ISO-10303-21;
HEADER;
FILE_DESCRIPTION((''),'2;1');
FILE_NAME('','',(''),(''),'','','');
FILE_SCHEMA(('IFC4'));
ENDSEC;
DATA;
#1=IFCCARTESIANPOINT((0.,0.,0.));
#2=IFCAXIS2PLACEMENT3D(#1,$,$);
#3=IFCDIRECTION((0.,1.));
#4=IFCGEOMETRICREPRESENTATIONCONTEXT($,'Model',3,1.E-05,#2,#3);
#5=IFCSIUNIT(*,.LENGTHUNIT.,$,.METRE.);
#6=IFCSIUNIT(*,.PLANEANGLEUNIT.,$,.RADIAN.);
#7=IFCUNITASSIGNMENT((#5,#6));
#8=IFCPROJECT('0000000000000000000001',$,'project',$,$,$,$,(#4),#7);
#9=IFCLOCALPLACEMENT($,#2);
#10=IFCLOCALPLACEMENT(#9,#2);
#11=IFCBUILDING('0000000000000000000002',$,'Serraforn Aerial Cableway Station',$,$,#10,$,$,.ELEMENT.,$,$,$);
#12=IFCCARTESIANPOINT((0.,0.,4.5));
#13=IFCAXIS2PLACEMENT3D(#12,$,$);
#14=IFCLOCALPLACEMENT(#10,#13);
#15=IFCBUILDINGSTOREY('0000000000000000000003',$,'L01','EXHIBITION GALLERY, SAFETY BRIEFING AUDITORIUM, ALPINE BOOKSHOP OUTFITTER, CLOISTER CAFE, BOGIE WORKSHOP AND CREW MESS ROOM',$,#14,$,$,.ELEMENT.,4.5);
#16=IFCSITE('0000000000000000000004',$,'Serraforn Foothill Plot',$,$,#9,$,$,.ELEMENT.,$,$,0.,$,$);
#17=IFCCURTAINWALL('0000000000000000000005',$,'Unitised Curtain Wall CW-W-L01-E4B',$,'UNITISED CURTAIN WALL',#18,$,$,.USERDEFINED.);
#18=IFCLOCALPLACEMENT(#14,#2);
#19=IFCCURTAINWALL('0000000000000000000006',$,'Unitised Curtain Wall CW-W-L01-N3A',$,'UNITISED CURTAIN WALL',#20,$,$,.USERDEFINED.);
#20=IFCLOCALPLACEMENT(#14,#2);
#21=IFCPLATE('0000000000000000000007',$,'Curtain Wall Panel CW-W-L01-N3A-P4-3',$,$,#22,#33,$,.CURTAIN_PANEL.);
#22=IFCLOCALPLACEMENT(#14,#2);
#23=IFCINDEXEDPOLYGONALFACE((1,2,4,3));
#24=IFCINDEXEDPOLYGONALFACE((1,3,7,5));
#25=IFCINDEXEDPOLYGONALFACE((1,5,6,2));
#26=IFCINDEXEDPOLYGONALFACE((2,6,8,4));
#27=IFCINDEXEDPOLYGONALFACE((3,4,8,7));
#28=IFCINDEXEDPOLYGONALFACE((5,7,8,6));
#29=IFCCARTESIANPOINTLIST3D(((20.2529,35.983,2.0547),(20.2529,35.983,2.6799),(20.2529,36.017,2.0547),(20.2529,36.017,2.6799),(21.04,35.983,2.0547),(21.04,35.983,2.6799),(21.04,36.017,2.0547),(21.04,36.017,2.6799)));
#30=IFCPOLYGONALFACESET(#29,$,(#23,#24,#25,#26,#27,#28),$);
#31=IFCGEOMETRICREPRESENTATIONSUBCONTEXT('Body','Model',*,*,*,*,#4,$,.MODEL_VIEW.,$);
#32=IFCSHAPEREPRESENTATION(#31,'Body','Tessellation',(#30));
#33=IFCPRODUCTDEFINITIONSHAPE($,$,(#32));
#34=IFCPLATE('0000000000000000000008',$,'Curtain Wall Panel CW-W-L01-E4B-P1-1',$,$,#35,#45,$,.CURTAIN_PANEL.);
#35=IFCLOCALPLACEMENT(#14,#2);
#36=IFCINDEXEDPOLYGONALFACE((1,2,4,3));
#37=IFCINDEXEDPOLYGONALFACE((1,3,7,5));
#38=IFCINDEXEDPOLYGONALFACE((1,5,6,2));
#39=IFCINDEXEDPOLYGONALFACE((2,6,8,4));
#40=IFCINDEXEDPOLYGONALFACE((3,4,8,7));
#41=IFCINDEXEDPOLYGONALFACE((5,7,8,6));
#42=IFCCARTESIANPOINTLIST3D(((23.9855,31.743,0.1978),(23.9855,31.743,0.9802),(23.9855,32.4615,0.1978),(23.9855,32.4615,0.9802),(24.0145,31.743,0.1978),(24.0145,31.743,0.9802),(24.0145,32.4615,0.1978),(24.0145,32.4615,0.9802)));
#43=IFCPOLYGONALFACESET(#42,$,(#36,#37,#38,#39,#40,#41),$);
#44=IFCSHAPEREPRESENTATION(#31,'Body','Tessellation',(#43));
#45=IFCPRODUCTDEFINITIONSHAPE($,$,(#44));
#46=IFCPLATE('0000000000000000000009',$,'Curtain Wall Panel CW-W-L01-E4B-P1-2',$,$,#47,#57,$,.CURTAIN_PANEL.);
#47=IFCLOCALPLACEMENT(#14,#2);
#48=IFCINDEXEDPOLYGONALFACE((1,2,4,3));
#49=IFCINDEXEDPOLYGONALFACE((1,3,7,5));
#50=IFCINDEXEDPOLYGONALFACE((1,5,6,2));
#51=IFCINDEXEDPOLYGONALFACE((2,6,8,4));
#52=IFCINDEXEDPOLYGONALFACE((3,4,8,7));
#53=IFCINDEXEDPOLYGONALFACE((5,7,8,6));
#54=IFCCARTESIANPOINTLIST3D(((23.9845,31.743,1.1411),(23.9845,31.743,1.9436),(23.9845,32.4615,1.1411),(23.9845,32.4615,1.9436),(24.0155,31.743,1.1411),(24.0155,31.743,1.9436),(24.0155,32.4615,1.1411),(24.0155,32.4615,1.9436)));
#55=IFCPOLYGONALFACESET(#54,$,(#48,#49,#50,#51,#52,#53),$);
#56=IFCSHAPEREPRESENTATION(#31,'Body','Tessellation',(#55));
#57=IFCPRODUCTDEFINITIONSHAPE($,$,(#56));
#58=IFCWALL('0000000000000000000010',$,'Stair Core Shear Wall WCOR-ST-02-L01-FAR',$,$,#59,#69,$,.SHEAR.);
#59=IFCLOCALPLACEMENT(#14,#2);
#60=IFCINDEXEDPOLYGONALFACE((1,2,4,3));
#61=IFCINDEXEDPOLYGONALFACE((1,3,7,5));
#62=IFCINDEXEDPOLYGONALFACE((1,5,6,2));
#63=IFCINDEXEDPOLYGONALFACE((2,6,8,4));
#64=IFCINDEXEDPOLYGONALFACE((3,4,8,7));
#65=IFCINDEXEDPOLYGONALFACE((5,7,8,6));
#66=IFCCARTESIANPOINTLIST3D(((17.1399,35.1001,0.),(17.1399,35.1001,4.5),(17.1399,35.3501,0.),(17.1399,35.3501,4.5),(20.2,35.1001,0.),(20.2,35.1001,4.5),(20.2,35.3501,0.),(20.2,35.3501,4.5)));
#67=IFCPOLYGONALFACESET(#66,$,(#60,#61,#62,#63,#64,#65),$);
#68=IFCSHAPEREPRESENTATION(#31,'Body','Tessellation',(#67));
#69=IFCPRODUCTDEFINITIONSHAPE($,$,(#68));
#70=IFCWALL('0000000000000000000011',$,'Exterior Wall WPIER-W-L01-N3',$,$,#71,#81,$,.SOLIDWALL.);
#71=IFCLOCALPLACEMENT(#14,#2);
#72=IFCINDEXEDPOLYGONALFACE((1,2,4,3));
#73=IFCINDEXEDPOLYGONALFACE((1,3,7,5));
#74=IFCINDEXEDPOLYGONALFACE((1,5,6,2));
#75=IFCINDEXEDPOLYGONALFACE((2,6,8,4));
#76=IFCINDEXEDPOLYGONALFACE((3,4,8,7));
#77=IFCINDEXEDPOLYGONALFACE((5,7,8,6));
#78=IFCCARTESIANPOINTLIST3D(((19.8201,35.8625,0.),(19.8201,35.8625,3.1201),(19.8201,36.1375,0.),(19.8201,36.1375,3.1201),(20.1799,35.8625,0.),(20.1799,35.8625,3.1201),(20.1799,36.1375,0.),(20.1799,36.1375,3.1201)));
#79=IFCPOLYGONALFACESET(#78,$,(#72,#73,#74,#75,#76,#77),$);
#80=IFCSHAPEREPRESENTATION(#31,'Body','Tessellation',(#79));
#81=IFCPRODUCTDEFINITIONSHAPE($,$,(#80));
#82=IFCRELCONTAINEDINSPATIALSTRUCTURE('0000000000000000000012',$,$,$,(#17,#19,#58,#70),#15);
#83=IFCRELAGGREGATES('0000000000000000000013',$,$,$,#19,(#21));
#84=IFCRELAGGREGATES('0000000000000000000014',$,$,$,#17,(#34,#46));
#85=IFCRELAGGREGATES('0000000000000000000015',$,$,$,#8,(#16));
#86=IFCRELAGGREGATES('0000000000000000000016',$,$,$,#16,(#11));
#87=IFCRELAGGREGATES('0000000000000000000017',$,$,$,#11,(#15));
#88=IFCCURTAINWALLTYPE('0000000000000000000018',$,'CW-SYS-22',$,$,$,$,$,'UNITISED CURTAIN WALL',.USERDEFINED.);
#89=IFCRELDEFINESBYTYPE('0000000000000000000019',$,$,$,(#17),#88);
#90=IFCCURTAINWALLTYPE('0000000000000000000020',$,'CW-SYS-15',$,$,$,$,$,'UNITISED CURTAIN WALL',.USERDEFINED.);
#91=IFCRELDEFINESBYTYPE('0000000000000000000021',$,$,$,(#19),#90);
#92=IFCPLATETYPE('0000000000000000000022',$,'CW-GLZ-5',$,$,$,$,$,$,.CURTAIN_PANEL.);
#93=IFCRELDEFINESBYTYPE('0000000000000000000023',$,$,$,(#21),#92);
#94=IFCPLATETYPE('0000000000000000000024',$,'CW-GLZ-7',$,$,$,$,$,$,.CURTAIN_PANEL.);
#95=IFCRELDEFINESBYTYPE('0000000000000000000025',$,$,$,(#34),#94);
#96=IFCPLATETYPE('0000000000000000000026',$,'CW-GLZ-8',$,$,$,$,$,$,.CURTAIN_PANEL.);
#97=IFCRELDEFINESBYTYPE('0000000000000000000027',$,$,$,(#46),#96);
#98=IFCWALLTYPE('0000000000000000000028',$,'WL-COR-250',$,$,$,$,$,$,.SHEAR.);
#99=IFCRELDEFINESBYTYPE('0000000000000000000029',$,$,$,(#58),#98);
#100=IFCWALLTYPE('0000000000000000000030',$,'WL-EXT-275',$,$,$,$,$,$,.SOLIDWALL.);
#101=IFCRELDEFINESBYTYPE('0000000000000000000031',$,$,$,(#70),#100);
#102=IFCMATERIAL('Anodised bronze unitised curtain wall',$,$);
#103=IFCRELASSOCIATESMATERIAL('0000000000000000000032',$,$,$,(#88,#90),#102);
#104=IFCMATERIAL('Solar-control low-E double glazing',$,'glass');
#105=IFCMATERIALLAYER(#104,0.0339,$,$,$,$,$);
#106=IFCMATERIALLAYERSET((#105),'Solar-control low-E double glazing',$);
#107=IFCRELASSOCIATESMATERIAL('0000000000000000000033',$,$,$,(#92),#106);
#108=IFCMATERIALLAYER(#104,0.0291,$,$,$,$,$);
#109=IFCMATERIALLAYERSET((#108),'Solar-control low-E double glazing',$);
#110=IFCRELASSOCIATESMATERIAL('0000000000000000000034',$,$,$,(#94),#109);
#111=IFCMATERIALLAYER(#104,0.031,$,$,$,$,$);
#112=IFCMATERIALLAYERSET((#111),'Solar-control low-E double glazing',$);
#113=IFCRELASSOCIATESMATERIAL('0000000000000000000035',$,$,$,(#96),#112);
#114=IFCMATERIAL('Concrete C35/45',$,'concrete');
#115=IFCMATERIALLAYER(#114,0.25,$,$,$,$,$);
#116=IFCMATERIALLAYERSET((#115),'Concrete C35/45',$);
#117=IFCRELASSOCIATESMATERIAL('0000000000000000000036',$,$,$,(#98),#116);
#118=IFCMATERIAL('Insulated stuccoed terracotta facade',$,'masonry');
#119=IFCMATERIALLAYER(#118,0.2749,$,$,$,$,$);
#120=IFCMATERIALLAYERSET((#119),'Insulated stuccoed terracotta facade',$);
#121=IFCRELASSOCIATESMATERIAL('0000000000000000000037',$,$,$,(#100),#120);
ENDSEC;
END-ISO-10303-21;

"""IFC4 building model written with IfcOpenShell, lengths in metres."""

from ifc_helpers import new_model, si_unit, direction, frame, frame_2d, origin, origin_2d, place, context, subcontext, project, spatial, rectangle, extrude, material, layer, layer_set, type_object, element, aggregate, save


model = new_model("IFC4")

# Units and contexts
model_context = context("Model", 3, precision=1e-05, world=origin(), true_north=direction((0.0, 1.0)))
body_context = subcontext(model_context, "Body", "Model", "MODEL_VIEW")
ifc_project = project(units=[si_unit("LENGTHUNIT", "METRE"), si_unit("PLANEANGLEUNIT", "RADIAN")], contexts=[model_context])

# Site, building, storey
site_placement = place(None, origin())
site = spatial("IfcSite", under=ifc_project, at=site_placement, Name="Serraforn Foothill Plot", CompositionType="ELEMENT", RefElevation=0.0)
building_placement = place(site_placement, origin())
building = spatial("IfcBuilding", under=site, at=building_placement, Name="Serraforn Aerial Cableway Station", CompositionType="ELEMENT")
storey_placement = place(building_placement, frame((0.0, 0.0, 4.5)))
storey = spatial("IfcBuildingStorey", under=building, at=storey_placement, Name="L01", Description="EXHIBITION GALLERY, SAFETY BRIEFING AUDITORIUM, ALPINE BOOKSHOP OUTFITTER, CLOISTER CAFE, BOGIE WORKSHOP AND CREW MESS ROOM", CompositionType="ELEMENT", Elevation=4.5)

# Shared definitions
ifc_material_1 = material(Name="Anodised bronze unitised curtain wall")

# Curtain wall
curtain_wall_type_1 = type_object("IfcCurtainWallType", Name="CW-SYS-22", ElementType="UNITISED CURTAIN WALL", PredefinedType="USERDEFINED", material=ifc_material_1)
curtain_wall_1_placement = place(storey_placement, origin())
curtain_wall_1 = element("IfcCurtainWall", 1, at=curtain_wall_1_placement, inside=storey, type_object=curtain_wall_type_1, Name="Unitised Curtain Wall CW-W-L01-E4B", ObjectType="UNITISED CURTAIN WALL", PredefinedType="USERDEFINED")

# Curtain wall
curtain_wall_type_2 = type_object("IfcCurtainWallType", Name="CW-SYS-15", ElementType="UNITISED CURTAIN WALL", PredefinedType="USERDEFINED", material=ifc_material_1)
curtain_wall_2_placement = place(storey_placement, origin())
curtain_wall_2 = element("IfcCurtainWall", 2, at=curtain_wall_2_placement, inside=storey, type_object=curtain_wall_type_2, Name="Unitised Curtain Wall CW-W-L01-N3A", ObjectType="UNITISED CURTAIN WALL", PredefinedType="USERDEFINED")

# Plates
ifc_material_2 = material(Name="Solar-control low-E double glazing", Category="glass")
ifc_layer_1 = layer(ifc_material_2, 0.0339)
ifc_layer_set_1 = layer_set([ifc_layer_1], Name="Solar-control low-E double glazing")
plate_type_1 = type_object("IfcPlateType", Name="CW-GLZ-5", PredefinedType="CURTAIN_PANEL", material=ifc_layer_set_1)
plate_1_placement = place(storey_placement, frame((20.6465, 36.0, 2.0547), z_axis=(0.0, 0.0, 1.0), x_axis=(1.0, 0.0, 0.0)))
plate_1 = element("IfcPlate", 3, at=plate_1_placement, type_object=plate_type_1, Name="Curtain Wall Panel CW-W-L01-N3A-P4-3", PredefinedType="CURTAIN_PANEL", context=body_context, shape_type="SweptSolid", body=[
    extrude(rectangle(XDim=0.7871, YDim=0.0339, at=origin_2d()), origin(), (0.0, 0.0, 1.0), 0.6252),
])
aggregate(curtain_wall_2, [plate_1])
ifc_layer_2 = layer(ifc_material_2, 0.0291)
ifc_layer_set_2 = layer_set([ifc_layer_2], Name="Solar-control low-E double glazing")
plate_type_2 = type_object("IfcPlateType", Name="CW-GLZ-7", PredefinedType="CURTAIN_PANEL", material=ifc_layer_set_2)
plate_2_placement = place(storey_placement, frame((24.0, 32.1023, 0.1978), z_axis=(0.0, 0.0, 1.0), x_axis=(1.0, 0.0, 0.0)))
plate_2 = element("IfcPlate", 4, at=plate_2_placement, type_object=plate_type_2, Name="Curtain Wall Panel CW-W-L01-E4B-P1-1", PredefinedType="CURTAIN_PANEL", context=body_context, shape_type="SweptSolid", body=[
    extrude(rectangle(XDim=0.0291, YDim=0.7185, at=origin_2d()), origin(), (0.0, 0.0, 1.0), 0.7825),
])
ifc_layer_3 = layer(ifc_material_2, 0.031)
ifc_layer_set_3 = layer_set([ifc_layer_3], Name="Solar-control low-E double glazing")
plate_type_3 = type_object("IfcPlateType", Name="CW-GLZ-8", PredefinedType="CURTAIN_PANEL", material=ifc_layer_set_3)
plate_3_placement = place(storey_placement, frame((24.0, 32.1023, 1.1411), z_axis=(0.0, 0.0, 1.0), x_axis=(1.0, 0.0, 0.0)))
plate_3 = element("IfcPlate", 5, at=plate_3_placement, type_object=plate_type_3, Name="Curtain Wall Panel CW-W-L01-E4B-P1-2", PredefinedType="CURTAIN_PANEL", context=body_context, shape_type="SweptSolid", body=[
    extrude(rectangle(XDim=0.031, YDim=0.7185, at=origin_2d()), origin(), (0.0, 0.0, 1.0), 0.8025),
])
aggregate(curtain_wall_1, [plate_2, plate_3])

# Walls
ifc_material_3 = material(Name="Concrete C35/45", Category="concrete")
ifc_layer_4 = layer(ifc_material_3, 0.25)
ifc_layer_set_4 = layer_set([ifc_layer_4], Name="Concrete C35/45")
wall_type_1 = type_object("IfcWallType", Name="WL-COR-250", PredefinedType="SHEAR", material=ifc_layer_set_4)
wall_1_placement = place(storey_placement, frame((20.2, 35.2251, 0.0), z_axis=(0.0, 0.0, 1.0), x_axis=(-1.0, 0.0, 0.0)))
element("IfcWall", 6, at=wall_1_placement, inside=storey, type_object=wall_type_1, Name="Stair Core Shear Wall WCOR-ST-02-L01-FAR", PredefinedType="SHEAR", context=body_context, shape_type="SweptSolid", body=[
    extrude(rectangle(XDim=3.0601, YDim=0.25, at=frame_2d((1.53, 0.0))), origin(), (0.0, 0.0, 1.0), 4.5),
])
ifc_material_4 = material(Name="Insulated stuccoed terracotta facade", Category="masonry")
ifc_layer_5 = layer(ifc_material_4, 0.2749)
ifc_layer_set_5 = layer_set([ifc_layer_5], Name="Insulated stuccoed terracotta facade")
wall_type_2 = type_object("IfcWallType", Name="WL-EXT-275", PredefinedType="SOLIDWALL", material=ifc_layer_set_5)
wall_2_placement = place(storey_placement, frame((20.1799, 36.0, 0.0), z_axis=(0.0, 0.0, 1.0), x_axis=(-1.0, 0.0, 0.0)))
element("IfcWall", 7, at=wall_2_placement, inside=storey, type_object=wall_type_2, Name="Exterior Wall WPIER-W-L01-N3", PredefinedType="SOLIDWALL", context=body_context, shape_type="SweptSolid", body=[
    extrude(rectangle(XDim=0.3599, YDim=0.2749, at=frame_2d((0.1799, 0.0))), origin(), (0.0, 0.0, 1.0), 3.1201),
])

save(model, "model.ifc")
